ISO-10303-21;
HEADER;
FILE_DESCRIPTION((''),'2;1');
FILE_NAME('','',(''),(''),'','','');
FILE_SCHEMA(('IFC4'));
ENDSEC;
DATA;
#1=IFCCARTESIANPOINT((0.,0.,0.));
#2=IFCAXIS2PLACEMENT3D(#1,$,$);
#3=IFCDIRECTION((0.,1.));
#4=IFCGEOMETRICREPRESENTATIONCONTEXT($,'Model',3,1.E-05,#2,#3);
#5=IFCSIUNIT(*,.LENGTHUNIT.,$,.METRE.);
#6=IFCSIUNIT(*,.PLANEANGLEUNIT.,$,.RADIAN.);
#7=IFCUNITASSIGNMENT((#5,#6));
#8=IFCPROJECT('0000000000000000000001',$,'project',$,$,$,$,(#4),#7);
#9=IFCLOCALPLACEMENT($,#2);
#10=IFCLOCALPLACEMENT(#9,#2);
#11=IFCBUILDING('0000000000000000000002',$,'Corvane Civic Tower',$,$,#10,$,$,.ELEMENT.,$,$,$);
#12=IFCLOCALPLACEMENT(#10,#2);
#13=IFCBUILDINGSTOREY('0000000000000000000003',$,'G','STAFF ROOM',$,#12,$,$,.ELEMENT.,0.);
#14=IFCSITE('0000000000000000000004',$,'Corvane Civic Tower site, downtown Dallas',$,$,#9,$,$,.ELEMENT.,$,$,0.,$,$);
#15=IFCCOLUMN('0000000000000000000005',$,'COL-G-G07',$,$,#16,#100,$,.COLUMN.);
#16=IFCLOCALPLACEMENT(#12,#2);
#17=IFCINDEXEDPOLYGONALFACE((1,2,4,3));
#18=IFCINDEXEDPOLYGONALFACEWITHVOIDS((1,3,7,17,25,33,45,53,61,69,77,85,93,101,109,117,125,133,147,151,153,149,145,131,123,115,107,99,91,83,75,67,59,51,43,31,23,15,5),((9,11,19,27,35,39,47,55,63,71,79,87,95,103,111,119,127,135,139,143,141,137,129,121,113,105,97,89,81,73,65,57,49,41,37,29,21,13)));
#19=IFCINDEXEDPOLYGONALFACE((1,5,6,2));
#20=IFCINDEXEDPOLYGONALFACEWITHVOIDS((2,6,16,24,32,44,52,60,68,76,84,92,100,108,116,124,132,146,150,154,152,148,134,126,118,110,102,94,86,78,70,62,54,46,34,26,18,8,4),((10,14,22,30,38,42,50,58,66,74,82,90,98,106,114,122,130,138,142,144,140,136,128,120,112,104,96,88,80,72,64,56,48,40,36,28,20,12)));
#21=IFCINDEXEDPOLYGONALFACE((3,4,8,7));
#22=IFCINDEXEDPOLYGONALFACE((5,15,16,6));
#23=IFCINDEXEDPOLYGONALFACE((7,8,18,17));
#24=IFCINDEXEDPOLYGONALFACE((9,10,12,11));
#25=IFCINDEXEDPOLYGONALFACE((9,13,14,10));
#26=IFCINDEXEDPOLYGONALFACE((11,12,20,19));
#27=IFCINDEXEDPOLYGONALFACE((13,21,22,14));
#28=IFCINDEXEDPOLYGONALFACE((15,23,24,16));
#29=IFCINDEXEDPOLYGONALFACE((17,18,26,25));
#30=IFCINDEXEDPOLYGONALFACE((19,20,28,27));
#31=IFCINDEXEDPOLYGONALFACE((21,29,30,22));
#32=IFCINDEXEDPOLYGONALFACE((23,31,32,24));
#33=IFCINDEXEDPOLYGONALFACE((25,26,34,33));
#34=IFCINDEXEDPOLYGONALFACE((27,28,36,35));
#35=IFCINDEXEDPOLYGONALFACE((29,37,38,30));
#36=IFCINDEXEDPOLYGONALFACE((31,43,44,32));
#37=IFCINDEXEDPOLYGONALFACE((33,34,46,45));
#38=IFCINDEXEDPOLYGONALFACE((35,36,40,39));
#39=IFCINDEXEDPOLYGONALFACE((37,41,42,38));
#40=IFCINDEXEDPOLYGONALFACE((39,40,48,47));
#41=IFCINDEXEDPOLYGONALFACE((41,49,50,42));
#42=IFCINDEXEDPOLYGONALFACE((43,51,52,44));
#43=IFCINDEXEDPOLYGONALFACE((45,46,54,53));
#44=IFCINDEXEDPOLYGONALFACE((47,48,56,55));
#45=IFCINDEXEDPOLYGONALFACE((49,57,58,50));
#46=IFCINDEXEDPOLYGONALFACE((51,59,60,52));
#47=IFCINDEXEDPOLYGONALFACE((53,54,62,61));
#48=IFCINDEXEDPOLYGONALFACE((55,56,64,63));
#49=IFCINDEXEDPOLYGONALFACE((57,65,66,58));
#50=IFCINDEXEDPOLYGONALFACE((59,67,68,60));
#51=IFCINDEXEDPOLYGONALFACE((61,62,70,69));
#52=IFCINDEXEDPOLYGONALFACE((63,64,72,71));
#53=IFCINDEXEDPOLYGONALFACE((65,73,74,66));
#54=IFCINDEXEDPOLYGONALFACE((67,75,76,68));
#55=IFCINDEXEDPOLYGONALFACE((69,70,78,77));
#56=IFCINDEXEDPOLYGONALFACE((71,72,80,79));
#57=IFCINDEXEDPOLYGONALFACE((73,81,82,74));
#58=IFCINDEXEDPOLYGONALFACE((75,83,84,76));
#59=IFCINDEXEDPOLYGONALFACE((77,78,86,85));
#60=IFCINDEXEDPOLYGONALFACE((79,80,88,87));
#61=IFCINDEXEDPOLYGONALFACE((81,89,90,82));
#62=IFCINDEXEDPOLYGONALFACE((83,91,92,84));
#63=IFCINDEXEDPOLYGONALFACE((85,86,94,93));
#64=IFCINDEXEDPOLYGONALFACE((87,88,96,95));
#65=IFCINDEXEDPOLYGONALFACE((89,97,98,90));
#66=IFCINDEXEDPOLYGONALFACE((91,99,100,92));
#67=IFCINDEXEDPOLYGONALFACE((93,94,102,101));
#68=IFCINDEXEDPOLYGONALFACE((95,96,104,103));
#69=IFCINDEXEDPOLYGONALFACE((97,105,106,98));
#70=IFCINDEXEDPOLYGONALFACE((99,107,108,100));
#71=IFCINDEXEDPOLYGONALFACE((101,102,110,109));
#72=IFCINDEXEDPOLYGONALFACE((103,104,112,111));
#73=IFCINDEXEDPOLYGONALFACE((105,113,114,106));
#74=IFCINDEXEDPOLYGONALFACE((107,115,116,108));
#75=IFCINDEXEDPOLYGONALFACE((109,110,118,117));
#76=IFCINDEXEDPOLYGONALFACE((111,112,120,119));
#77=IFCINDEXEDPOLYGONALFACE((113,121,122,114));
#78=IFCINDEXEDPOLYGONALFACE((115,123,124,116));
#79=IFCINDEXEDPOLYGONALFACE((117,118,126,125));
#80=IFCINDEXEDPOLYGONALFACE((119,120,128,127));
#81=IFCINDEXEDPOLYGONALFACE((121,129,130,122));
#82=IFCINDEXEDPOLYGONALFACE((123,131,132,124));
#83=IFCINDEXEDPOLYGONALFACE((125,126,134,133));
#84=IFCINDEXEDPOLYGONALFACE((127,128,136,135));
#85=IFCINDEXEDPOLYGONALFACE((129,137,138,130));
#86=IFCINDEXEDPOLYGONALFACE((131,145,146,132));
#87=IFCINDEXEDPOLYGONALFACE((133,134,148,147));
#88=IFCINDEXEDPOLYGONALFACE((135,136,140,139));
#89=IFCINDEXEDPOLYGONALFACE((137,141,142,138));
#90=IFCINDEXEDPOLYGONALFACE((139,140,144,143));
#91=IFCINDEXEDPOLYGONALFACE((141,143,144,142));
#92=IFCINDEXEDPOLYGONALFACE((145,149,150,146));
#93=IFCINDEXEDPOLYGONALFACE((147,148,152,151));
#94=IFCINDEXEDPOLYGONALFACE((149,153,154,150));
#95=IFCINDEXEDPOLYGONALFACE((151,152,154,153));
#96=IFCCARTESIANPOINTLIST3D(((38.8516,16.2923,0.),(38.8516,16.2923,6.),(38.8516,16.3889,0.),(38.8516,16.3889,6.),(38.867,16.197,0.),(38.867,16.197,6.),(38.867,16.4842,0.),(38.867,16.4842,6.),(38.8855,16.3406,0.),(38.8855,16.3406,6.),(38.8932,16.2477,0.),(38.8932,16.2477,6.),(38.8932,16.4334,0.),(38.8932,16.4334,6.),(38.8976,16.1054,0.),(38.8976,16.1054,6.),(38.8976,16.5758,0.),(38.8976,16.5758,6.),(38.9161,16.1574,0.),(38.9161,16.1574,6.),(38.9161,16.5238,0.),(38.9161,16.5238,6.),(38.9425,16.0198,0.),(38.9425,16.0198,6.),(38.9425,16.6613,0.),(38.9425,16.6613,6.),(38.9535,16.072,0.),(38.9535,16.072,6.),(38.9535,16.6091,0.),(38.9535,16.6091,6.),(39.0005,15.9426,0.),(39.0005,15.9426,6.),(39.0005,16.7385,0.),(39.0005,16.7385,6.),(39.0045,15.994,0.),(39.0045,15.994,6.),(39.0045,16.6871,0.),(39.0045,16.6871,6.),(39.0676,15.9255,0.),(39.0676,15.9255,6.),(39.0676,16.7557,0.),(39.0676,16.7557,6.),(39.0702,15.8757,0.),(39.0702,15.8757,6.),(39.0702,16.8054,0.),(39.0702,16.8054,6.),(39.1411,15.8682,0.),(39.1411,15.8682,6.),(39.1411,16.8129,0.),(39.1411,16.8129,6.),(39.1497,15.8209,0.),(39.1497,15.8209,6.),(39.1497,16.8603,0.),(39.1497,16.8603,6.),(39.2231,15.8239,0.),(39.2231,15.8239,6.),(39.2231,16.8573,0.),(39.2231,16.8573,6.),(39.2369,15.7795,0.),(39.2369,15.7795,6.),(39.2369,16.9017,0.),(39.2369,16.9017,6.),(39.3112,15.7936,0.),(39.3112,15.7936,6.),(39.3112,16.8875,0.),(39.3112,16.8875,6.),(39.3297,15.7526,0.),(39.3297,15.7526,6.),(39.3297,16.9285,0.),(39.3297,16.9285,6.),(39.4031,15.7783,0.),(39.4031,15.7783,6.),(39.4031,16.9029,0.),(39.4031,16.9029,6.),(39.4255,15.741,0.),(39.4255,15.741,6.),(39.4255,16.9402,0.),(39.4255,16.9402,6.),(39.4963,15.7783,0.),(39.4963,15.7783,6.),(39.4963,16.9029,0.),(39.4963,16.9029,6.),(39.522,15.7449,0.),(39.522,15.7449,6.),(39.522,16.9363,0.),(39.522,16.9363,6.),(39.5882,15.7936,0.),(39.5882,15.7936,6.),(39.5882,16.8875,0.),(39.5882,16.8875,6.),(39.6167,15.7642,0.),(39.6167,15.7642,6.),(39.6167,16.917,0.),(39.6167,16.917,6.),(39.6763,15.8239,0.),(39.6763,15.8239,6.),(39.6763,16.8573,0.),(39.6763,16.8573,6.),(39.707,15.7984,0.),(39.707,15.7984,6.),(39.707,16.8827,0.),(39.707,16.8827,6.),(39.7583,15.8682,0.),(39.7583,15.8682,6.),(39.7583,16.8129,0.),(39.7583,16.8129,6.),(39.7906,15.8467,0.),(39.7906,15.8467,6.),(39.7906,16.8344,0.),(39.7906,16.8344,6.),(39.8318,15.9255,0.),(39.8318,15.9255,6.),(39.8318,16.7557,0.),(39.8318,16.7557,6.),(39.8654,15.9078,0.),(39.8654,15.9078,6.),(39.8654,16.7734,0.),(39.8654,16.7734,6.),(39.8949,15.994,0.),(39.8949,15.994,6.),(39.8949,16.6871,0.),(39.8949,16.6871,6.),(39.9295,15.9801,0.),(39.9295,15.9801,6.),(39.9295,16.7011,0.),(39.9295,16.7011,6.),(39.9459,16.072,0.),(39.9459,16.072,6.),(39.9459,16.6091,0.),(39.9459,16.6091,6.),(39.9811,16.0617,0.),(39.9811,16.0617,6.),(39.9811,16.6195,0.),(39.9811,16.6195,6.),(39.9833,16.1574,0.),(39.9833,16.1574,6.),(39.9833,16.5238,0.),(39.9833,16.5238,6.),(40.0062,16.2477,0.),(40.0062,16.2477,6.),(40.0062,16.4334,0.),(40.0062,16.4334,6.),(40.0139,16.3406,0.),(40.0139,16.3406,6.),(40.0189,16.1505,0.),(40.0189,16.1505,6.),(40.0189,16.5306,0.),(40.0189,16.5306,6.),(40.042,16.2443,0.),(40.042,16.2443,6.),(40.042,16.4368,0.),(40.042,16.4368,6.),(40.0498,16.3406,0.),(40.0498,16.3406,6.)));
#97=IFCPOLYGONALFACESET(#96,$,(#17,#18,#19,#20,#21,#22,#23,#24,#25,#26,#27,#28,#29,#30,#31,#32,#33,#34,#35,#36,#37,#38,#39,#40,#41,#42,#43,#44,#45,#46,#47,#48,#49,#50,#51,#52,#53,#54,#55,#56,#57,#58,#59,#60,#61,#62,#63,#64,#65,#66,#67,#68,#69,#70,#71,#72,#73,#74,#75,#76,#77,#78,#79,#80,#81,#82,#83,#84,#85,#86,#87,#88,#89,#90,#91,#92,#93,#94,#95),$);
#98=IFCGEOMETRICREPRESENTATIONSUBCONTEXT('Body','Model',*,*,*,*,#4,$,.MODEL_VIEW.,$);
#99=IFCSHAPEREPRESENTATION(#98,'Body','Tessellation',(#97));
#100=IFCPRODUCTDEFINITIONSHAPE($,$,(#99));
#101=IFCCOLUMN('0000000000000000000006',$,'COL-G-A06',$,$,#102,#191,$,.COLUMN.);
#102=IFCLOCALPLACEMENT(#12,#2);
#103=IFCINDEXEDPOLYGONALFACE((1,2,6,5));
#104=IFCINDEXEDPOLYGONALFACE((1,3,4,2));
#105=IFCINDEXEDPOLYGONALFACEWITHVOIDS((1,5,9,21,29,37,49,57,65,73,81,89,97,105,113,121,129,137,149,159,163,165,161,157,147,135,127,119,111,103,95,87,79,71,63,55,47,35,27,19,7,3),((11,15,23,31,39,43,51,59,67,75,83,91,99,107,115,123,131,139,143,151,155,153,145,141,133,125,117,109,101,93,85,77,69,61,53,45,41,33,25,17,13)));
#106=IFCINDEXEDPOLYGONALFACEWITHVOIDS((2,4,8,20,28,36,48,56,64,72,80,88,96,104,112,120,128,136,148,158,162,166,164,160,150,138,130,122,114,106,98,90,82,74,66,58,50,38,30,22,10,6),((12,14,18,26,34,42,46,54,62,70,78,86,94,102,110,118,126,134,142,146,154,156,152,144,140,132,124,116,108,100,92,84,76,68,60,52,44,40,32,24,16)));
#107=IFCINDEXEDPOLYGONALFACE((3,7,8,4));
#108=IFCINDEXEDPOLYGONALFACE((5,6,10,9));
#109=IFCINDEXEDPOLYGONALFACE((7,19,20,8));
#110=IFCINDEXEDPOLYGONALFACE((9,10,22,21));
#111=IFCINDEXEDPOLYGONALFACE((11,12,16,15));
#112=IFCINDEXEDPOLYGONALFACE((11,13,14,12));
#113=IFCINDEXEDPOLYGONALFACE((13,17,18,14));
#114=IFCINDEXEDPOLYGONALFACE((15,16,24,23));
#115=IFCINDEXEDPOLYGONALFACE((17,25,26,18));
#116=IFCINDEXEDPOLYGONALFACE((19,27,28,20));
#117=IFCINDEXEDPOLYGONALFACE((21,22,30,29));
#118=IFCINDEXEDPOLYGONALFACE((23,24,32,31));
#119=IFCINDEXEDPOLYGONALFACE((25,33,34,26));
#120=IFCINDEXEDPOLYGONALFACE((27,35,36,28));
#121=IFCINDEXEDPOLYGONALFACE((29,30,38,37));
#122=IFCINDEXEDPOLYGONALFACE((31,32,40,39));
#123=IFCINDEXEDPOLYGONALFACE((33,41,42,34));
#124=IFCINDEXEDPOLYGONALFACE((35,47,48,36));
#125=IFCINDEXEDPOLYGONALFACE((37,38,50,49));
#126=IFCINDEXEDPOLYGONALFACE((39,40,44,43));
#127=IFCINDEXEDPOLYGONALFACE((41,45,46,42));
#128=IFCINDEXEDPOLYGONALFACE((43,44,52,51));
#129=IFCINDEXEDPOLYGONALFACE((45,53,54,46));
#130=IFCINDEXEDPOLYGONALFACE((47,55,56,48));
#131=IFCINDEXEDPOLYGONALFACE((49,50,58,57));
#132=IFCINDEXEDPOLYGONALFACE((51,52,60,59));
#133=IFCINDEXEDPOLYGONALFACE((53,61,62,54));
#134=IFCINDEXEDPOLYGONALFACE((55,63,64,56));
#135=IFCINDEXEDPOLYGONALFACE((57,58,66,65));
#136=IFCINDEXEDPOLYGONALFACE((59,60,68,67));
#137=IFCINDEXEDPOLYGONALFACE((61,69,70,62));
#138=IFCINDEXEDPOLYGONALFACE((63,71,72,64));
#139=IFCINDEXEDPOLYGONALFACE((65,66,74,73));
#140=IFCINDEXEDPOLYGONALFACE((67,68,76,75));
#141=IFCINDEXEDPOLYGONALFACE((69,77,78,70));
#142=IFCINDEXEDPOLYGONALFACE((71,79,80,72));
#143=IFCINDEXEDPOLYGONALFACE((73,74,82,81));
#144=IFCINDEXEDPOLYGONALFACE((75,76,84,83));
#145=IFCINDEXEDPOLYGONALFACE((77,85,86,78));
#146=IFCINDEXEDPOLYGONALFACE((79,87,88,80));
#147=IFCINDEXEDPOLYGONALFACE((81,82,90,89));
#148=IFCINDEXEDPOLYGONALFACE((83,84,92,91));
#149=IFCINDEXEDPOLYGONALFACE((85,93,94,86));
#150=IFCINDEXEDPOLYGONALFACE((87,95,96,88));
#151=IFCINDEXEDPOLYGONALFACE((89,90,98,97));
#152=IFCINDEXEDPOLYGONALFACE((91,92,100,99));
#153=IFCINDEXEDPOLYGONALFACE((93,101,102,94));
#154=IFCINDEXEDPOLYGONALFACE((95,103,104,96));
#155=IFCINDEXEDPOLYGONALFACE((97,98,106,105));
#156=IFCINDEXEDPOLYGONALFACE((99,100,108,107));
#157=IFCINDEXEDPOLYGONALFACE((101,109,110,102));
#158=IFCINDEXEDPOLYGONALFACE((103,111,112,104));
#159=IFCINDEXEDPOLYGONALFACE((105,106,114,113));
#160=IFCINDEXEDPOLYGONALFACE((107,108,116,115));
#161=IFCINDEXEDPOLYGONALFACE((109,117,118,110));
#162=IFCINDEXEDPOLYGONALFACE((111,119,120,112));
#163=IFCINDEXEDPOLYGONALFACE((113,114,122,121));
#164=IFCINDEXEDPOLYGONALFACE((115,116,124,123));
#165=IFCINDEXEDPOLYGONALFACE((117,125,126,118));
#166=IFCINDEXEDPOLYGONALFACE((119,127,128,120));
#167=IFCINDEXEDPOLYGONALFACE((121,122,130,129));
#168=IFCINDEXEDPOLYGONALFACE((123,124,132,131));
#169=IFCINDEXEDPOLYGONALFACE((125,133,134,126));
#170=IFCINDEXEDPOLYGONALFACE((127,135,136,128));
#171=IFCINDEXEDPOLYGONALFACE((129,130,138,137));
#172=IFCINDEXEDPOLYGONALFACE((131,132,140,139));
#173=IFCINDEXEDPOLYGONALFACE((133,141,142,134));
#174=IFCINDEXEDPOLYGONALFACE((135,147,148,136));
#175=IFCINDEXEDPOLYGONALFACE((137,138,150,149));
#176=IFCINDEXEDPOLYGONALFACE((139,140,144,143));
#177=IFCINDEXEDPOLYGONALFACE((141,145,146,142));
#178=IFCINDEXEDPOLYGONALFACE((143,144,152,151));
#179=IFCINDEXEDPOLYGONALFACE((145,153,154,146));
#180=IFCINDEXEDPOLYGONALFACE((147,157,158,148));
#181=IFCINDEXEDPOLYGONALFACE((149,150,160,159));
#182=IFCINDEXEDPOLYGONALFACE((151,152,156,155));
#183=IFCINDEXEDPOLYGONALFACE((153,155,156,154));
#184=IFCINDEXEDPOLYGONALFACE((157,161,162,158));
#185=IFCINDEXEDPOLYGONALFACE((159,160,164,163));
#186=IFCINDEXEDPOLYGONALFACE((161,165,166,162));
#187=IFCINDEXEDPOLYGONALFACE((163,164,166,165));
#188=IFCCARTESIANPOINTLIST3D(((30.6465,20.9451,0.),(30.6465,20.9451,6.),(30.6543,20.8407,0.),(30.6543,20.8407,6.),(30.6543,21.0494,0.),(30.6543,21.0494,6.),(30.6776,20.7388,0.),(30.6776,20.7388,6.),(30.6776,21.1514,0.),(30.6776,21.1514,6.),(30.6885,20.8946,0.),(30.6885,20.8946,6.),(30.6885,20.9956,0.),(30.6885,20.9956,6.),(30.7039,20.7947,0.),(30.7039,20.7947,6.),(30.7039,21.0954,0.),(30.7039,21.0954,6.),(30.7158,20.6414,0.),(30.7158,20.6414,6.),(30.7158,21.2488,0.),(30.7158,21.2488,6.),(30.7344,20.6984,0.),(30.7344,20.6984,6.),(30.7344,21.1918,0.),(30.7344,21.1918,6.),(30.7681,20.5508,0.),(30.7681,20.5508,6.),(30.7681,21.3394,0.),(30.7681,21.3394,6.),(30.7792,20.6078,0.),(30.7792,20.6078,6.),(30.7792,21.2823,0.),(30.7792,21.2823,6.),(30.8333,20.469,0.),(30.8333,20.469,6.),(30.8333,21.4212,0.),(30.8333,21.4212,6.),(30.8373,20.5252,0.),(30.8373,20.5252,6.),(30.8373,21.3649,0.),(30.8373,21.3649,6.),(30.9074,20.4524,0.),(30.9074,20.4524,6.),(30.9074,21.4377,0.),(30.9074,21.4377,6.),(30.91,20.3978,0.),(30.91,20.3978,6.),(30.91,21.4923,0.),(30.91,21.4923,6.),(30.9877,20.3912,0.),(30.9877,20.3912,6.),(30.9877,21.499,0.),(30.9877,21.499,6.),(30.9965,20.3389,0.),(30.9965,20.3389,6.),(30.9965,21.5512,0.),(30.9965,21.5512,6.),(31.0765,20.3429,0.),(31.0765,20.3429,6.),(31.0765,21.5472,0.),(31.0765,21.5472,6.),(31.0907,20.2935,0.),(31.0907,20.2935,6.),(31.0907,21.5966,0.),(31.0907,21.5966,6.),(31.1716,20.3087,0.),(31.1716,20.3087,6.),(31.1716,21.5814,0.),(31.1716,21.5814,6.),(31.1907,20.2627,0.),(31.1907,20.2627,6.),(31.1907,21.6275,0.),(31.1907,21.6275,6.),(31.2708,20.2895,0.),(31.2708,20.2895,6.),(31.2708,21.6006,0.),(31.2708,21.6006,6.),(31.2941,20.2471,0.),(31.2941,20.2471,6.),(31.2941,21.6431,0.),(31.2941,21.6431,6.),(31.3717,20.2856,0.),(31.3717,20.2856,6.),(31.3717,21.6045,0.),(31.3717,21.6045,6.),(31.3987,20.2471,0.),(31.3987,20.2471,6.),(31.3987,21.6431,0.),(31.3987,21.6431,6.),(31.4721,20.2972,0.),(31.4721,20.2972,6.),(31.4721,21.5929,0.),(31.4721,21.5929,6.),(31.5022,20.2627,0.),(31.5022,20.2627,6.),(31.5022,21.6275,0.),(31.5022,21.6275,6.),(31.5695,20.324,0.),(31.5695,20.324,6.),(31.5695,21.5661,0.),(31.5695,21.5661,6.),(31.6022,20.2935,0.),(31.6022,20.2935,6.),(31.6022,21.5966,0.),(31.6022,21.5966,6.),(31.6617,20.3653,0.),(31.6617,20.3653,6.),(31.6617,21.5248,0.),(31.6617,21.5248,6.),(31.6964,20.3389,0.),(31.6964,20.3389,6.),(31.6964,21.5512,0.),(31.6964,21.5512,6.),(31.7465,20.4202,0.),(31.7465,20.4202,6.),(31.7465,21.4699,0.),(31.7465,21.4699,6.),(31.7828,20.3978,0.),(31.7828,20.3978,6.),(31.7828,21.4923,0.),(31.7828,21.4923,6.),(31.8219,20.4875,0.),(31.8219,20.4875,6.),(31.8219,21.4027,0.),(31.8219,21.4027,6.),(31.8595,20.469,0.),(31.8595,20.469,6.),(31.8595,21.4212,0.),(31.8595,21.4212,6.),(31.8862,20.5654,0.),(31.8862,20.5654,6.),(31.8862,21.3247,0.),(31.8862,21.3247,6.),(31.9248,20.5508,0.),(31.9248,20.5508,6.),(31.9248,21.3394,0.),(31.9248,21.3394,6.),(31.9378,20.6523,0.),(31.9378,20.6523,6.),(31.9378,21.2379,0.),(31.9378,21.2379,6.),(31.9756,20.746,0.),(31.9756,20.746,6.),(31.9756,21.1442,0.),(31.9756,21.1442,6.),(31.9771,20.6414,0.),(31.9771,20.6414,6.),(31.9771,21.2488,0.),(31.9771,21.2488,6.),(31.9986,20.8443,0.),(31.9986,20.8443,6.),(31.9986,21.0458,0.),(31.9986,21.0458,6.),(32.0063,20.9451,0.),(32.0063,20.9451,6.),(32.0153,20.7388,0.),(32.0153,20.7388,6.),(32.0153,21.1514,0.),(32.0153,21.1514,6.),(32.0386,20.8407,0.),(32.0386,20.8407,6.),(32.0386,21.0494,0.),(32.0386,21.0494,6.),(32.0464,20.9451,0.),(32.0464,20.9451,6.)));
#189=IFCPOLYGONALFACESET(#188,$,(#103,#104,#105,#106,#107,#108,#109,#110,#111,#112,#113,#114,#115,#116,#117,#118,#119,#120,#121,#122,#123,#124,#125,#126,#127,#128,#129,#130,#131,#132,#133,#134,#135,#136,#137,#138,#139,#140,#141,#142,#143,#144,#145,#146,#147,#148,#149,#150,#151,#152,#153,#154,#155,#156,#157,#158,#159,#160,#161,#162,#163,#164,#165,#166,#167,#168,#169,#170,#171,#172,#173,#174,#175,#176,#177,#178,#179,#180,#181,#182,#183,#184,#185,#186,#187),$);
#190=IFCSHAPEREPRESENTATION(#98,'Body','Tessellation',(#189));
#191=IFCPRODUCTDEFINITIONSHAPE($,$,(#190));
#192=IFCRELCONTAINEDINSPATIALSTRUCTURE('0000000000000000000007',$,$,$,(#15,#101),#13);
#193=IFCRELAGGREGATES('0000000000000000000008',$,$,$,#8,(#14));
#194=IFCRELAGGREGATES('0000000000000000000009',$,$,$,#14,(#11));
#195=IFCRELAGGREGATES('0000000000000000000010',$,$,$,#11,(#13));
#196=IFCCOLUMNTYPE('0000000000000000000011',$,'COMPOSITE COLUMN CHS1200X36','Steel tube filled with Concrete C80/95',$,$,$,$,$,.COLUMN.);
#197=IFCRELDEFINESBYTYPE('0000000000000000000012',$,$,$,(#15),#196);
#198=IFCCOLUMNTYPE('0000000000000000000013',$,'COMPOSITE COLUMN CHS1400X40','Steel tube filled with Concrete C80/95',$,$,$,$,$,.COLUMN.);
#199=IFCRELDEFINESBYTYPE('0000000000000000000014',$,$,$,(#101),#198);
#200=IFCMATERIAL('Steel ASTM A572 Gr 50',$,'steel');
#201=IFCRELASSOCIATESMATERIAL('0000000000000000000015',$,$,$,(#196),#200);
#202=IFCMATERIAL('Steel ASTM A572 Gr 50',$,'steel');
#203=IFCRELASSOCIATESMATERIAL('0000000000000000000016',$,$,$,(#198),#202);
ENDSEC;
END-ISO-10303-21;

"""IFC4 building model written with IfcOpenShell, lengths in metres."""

from ifc_helpers import new_model, si_unit, direction, frame, origin, origin_2d, place, context, subcontext, project, spatial, hollow_circle, extrude, material, material_profile, profile_set, type_object, element, save


model = new_model("IFC4")

# Units and contexts
model_context = context("Model", 3, precision=1e-05, world=origin(), true_north=direction((0.0, 1.0)))
body_context = subcontext(model_context, "Body", "Model", "MODEL_VIEW")
ifc_project = project(units=[si_unit("LENGTHUNIT", "METRE"), si_unit("PLANEANGLEUNIT", "RADIAN")], contexts=[model_context])

# Site, building, storey
site_placement = place(None, origin())
site = spatial("IfcSite", under=ifc_project, at=site_placement, Name="Corvane Civic Tower site, downtown Dallas", CompositionType="ELEMENT", RefElevation=0.0)
building_placement = place(site_placement, origin())
building = spatial("IfcBuilding", under=site, at=building_placement, Name="Corvane Civic Tower", CompositionType="ELEMENT")
storey_placement = place(building_placement, origin())
storey = spatial("IfcBuildingStorey", under=building, at=storey_placement, Name="G", Description="STAFF ROOM", CompositionType="ELEMENT", Elevation=0.0)

# Columns
ifc_material_1 = material(Name="Steel ASTM A572 Gr 50", Category="steel")
ifc_material_profile_1 = material_profile(ifc_material_1, hollow_circle(Radius=0.6001, WallThickness=0.0359, at=origin_2d()), Name="CHS1200X36")
ifc_profile_set_1 = profile_set([ifc_material_profile_1], Name="Steel ASTM A572 Gr 50")
column_type_1 = type_object("IfcColumnType", Name="COMPOSITE COLUMN CHS1200X36", Description="Steel tube filled with Concrete C80/95", PredefinedType="COLUMN", material=ifc_profile_set_1)
column_placement = place(storey_placement, frame((39.4497, 16.3406, 0.0), z_axis=(0.0, 0.0, 1.0), x_axis=(1.0, 0.0, 0.0)))
element("IfcColumn", 1, at=column_placement, inside=storey, type_object=column_type_1, Name="COL-G-G07", PredefinedType="COLUMN", context=body_context, shape_type="SweptSolid", body=[
    extrude(hollow_circle(Radius=0.6001, WallThickness=0.0359, at=origin_2d()), origin(), (0.0, 0.0, 1.0), 6.0),
])
ifc_material_2 = material(Name="Steel ASTM A572 Gr 50", Category="steel")
ifc_material_profile_2 = material_profile(ifc_material_2, hollow_circle(Radius=0.7, WallThickness=0.04, at=origin_2d()), Name="CHS1400X40")
ifc_profile_set_2 = profile_set([ifc_material_profile_2], Name="Steel ASTM A572 Gr 50")
column_type_2 = type_object("IfcColumnType", Name="COMPOSITE COLUMN CHS1400X40", Description="Steel tube filled with Concrete C80/95", PredefinedType="COLUMN", material=ifc_profile_set_2)
for number, where, z_axis, x_axis, name in (
    (2, (31.3464, 20.9451, 0.0), (0.0, 0.0, 1.0), (1.0, 0.0, 0.0), "COL-G-A06"),
):
    element("IfcColumn", number, at=place(storey_placement, frame(where, z_axis=z_axis, x_axis=x_axis)), inside=storey, type_object=column_type_2, Name=name, PredefinedType="COLUMN", context=body_context, shape_type="SweptSolid", body=[
        extrude(hollow_circle(Radius=0.7, WallThickness=0.04, at=origin_2d()), origin(), (0.0, 0.0, 1.0), 6.0),
    ])

save(model, "model.ifc")
